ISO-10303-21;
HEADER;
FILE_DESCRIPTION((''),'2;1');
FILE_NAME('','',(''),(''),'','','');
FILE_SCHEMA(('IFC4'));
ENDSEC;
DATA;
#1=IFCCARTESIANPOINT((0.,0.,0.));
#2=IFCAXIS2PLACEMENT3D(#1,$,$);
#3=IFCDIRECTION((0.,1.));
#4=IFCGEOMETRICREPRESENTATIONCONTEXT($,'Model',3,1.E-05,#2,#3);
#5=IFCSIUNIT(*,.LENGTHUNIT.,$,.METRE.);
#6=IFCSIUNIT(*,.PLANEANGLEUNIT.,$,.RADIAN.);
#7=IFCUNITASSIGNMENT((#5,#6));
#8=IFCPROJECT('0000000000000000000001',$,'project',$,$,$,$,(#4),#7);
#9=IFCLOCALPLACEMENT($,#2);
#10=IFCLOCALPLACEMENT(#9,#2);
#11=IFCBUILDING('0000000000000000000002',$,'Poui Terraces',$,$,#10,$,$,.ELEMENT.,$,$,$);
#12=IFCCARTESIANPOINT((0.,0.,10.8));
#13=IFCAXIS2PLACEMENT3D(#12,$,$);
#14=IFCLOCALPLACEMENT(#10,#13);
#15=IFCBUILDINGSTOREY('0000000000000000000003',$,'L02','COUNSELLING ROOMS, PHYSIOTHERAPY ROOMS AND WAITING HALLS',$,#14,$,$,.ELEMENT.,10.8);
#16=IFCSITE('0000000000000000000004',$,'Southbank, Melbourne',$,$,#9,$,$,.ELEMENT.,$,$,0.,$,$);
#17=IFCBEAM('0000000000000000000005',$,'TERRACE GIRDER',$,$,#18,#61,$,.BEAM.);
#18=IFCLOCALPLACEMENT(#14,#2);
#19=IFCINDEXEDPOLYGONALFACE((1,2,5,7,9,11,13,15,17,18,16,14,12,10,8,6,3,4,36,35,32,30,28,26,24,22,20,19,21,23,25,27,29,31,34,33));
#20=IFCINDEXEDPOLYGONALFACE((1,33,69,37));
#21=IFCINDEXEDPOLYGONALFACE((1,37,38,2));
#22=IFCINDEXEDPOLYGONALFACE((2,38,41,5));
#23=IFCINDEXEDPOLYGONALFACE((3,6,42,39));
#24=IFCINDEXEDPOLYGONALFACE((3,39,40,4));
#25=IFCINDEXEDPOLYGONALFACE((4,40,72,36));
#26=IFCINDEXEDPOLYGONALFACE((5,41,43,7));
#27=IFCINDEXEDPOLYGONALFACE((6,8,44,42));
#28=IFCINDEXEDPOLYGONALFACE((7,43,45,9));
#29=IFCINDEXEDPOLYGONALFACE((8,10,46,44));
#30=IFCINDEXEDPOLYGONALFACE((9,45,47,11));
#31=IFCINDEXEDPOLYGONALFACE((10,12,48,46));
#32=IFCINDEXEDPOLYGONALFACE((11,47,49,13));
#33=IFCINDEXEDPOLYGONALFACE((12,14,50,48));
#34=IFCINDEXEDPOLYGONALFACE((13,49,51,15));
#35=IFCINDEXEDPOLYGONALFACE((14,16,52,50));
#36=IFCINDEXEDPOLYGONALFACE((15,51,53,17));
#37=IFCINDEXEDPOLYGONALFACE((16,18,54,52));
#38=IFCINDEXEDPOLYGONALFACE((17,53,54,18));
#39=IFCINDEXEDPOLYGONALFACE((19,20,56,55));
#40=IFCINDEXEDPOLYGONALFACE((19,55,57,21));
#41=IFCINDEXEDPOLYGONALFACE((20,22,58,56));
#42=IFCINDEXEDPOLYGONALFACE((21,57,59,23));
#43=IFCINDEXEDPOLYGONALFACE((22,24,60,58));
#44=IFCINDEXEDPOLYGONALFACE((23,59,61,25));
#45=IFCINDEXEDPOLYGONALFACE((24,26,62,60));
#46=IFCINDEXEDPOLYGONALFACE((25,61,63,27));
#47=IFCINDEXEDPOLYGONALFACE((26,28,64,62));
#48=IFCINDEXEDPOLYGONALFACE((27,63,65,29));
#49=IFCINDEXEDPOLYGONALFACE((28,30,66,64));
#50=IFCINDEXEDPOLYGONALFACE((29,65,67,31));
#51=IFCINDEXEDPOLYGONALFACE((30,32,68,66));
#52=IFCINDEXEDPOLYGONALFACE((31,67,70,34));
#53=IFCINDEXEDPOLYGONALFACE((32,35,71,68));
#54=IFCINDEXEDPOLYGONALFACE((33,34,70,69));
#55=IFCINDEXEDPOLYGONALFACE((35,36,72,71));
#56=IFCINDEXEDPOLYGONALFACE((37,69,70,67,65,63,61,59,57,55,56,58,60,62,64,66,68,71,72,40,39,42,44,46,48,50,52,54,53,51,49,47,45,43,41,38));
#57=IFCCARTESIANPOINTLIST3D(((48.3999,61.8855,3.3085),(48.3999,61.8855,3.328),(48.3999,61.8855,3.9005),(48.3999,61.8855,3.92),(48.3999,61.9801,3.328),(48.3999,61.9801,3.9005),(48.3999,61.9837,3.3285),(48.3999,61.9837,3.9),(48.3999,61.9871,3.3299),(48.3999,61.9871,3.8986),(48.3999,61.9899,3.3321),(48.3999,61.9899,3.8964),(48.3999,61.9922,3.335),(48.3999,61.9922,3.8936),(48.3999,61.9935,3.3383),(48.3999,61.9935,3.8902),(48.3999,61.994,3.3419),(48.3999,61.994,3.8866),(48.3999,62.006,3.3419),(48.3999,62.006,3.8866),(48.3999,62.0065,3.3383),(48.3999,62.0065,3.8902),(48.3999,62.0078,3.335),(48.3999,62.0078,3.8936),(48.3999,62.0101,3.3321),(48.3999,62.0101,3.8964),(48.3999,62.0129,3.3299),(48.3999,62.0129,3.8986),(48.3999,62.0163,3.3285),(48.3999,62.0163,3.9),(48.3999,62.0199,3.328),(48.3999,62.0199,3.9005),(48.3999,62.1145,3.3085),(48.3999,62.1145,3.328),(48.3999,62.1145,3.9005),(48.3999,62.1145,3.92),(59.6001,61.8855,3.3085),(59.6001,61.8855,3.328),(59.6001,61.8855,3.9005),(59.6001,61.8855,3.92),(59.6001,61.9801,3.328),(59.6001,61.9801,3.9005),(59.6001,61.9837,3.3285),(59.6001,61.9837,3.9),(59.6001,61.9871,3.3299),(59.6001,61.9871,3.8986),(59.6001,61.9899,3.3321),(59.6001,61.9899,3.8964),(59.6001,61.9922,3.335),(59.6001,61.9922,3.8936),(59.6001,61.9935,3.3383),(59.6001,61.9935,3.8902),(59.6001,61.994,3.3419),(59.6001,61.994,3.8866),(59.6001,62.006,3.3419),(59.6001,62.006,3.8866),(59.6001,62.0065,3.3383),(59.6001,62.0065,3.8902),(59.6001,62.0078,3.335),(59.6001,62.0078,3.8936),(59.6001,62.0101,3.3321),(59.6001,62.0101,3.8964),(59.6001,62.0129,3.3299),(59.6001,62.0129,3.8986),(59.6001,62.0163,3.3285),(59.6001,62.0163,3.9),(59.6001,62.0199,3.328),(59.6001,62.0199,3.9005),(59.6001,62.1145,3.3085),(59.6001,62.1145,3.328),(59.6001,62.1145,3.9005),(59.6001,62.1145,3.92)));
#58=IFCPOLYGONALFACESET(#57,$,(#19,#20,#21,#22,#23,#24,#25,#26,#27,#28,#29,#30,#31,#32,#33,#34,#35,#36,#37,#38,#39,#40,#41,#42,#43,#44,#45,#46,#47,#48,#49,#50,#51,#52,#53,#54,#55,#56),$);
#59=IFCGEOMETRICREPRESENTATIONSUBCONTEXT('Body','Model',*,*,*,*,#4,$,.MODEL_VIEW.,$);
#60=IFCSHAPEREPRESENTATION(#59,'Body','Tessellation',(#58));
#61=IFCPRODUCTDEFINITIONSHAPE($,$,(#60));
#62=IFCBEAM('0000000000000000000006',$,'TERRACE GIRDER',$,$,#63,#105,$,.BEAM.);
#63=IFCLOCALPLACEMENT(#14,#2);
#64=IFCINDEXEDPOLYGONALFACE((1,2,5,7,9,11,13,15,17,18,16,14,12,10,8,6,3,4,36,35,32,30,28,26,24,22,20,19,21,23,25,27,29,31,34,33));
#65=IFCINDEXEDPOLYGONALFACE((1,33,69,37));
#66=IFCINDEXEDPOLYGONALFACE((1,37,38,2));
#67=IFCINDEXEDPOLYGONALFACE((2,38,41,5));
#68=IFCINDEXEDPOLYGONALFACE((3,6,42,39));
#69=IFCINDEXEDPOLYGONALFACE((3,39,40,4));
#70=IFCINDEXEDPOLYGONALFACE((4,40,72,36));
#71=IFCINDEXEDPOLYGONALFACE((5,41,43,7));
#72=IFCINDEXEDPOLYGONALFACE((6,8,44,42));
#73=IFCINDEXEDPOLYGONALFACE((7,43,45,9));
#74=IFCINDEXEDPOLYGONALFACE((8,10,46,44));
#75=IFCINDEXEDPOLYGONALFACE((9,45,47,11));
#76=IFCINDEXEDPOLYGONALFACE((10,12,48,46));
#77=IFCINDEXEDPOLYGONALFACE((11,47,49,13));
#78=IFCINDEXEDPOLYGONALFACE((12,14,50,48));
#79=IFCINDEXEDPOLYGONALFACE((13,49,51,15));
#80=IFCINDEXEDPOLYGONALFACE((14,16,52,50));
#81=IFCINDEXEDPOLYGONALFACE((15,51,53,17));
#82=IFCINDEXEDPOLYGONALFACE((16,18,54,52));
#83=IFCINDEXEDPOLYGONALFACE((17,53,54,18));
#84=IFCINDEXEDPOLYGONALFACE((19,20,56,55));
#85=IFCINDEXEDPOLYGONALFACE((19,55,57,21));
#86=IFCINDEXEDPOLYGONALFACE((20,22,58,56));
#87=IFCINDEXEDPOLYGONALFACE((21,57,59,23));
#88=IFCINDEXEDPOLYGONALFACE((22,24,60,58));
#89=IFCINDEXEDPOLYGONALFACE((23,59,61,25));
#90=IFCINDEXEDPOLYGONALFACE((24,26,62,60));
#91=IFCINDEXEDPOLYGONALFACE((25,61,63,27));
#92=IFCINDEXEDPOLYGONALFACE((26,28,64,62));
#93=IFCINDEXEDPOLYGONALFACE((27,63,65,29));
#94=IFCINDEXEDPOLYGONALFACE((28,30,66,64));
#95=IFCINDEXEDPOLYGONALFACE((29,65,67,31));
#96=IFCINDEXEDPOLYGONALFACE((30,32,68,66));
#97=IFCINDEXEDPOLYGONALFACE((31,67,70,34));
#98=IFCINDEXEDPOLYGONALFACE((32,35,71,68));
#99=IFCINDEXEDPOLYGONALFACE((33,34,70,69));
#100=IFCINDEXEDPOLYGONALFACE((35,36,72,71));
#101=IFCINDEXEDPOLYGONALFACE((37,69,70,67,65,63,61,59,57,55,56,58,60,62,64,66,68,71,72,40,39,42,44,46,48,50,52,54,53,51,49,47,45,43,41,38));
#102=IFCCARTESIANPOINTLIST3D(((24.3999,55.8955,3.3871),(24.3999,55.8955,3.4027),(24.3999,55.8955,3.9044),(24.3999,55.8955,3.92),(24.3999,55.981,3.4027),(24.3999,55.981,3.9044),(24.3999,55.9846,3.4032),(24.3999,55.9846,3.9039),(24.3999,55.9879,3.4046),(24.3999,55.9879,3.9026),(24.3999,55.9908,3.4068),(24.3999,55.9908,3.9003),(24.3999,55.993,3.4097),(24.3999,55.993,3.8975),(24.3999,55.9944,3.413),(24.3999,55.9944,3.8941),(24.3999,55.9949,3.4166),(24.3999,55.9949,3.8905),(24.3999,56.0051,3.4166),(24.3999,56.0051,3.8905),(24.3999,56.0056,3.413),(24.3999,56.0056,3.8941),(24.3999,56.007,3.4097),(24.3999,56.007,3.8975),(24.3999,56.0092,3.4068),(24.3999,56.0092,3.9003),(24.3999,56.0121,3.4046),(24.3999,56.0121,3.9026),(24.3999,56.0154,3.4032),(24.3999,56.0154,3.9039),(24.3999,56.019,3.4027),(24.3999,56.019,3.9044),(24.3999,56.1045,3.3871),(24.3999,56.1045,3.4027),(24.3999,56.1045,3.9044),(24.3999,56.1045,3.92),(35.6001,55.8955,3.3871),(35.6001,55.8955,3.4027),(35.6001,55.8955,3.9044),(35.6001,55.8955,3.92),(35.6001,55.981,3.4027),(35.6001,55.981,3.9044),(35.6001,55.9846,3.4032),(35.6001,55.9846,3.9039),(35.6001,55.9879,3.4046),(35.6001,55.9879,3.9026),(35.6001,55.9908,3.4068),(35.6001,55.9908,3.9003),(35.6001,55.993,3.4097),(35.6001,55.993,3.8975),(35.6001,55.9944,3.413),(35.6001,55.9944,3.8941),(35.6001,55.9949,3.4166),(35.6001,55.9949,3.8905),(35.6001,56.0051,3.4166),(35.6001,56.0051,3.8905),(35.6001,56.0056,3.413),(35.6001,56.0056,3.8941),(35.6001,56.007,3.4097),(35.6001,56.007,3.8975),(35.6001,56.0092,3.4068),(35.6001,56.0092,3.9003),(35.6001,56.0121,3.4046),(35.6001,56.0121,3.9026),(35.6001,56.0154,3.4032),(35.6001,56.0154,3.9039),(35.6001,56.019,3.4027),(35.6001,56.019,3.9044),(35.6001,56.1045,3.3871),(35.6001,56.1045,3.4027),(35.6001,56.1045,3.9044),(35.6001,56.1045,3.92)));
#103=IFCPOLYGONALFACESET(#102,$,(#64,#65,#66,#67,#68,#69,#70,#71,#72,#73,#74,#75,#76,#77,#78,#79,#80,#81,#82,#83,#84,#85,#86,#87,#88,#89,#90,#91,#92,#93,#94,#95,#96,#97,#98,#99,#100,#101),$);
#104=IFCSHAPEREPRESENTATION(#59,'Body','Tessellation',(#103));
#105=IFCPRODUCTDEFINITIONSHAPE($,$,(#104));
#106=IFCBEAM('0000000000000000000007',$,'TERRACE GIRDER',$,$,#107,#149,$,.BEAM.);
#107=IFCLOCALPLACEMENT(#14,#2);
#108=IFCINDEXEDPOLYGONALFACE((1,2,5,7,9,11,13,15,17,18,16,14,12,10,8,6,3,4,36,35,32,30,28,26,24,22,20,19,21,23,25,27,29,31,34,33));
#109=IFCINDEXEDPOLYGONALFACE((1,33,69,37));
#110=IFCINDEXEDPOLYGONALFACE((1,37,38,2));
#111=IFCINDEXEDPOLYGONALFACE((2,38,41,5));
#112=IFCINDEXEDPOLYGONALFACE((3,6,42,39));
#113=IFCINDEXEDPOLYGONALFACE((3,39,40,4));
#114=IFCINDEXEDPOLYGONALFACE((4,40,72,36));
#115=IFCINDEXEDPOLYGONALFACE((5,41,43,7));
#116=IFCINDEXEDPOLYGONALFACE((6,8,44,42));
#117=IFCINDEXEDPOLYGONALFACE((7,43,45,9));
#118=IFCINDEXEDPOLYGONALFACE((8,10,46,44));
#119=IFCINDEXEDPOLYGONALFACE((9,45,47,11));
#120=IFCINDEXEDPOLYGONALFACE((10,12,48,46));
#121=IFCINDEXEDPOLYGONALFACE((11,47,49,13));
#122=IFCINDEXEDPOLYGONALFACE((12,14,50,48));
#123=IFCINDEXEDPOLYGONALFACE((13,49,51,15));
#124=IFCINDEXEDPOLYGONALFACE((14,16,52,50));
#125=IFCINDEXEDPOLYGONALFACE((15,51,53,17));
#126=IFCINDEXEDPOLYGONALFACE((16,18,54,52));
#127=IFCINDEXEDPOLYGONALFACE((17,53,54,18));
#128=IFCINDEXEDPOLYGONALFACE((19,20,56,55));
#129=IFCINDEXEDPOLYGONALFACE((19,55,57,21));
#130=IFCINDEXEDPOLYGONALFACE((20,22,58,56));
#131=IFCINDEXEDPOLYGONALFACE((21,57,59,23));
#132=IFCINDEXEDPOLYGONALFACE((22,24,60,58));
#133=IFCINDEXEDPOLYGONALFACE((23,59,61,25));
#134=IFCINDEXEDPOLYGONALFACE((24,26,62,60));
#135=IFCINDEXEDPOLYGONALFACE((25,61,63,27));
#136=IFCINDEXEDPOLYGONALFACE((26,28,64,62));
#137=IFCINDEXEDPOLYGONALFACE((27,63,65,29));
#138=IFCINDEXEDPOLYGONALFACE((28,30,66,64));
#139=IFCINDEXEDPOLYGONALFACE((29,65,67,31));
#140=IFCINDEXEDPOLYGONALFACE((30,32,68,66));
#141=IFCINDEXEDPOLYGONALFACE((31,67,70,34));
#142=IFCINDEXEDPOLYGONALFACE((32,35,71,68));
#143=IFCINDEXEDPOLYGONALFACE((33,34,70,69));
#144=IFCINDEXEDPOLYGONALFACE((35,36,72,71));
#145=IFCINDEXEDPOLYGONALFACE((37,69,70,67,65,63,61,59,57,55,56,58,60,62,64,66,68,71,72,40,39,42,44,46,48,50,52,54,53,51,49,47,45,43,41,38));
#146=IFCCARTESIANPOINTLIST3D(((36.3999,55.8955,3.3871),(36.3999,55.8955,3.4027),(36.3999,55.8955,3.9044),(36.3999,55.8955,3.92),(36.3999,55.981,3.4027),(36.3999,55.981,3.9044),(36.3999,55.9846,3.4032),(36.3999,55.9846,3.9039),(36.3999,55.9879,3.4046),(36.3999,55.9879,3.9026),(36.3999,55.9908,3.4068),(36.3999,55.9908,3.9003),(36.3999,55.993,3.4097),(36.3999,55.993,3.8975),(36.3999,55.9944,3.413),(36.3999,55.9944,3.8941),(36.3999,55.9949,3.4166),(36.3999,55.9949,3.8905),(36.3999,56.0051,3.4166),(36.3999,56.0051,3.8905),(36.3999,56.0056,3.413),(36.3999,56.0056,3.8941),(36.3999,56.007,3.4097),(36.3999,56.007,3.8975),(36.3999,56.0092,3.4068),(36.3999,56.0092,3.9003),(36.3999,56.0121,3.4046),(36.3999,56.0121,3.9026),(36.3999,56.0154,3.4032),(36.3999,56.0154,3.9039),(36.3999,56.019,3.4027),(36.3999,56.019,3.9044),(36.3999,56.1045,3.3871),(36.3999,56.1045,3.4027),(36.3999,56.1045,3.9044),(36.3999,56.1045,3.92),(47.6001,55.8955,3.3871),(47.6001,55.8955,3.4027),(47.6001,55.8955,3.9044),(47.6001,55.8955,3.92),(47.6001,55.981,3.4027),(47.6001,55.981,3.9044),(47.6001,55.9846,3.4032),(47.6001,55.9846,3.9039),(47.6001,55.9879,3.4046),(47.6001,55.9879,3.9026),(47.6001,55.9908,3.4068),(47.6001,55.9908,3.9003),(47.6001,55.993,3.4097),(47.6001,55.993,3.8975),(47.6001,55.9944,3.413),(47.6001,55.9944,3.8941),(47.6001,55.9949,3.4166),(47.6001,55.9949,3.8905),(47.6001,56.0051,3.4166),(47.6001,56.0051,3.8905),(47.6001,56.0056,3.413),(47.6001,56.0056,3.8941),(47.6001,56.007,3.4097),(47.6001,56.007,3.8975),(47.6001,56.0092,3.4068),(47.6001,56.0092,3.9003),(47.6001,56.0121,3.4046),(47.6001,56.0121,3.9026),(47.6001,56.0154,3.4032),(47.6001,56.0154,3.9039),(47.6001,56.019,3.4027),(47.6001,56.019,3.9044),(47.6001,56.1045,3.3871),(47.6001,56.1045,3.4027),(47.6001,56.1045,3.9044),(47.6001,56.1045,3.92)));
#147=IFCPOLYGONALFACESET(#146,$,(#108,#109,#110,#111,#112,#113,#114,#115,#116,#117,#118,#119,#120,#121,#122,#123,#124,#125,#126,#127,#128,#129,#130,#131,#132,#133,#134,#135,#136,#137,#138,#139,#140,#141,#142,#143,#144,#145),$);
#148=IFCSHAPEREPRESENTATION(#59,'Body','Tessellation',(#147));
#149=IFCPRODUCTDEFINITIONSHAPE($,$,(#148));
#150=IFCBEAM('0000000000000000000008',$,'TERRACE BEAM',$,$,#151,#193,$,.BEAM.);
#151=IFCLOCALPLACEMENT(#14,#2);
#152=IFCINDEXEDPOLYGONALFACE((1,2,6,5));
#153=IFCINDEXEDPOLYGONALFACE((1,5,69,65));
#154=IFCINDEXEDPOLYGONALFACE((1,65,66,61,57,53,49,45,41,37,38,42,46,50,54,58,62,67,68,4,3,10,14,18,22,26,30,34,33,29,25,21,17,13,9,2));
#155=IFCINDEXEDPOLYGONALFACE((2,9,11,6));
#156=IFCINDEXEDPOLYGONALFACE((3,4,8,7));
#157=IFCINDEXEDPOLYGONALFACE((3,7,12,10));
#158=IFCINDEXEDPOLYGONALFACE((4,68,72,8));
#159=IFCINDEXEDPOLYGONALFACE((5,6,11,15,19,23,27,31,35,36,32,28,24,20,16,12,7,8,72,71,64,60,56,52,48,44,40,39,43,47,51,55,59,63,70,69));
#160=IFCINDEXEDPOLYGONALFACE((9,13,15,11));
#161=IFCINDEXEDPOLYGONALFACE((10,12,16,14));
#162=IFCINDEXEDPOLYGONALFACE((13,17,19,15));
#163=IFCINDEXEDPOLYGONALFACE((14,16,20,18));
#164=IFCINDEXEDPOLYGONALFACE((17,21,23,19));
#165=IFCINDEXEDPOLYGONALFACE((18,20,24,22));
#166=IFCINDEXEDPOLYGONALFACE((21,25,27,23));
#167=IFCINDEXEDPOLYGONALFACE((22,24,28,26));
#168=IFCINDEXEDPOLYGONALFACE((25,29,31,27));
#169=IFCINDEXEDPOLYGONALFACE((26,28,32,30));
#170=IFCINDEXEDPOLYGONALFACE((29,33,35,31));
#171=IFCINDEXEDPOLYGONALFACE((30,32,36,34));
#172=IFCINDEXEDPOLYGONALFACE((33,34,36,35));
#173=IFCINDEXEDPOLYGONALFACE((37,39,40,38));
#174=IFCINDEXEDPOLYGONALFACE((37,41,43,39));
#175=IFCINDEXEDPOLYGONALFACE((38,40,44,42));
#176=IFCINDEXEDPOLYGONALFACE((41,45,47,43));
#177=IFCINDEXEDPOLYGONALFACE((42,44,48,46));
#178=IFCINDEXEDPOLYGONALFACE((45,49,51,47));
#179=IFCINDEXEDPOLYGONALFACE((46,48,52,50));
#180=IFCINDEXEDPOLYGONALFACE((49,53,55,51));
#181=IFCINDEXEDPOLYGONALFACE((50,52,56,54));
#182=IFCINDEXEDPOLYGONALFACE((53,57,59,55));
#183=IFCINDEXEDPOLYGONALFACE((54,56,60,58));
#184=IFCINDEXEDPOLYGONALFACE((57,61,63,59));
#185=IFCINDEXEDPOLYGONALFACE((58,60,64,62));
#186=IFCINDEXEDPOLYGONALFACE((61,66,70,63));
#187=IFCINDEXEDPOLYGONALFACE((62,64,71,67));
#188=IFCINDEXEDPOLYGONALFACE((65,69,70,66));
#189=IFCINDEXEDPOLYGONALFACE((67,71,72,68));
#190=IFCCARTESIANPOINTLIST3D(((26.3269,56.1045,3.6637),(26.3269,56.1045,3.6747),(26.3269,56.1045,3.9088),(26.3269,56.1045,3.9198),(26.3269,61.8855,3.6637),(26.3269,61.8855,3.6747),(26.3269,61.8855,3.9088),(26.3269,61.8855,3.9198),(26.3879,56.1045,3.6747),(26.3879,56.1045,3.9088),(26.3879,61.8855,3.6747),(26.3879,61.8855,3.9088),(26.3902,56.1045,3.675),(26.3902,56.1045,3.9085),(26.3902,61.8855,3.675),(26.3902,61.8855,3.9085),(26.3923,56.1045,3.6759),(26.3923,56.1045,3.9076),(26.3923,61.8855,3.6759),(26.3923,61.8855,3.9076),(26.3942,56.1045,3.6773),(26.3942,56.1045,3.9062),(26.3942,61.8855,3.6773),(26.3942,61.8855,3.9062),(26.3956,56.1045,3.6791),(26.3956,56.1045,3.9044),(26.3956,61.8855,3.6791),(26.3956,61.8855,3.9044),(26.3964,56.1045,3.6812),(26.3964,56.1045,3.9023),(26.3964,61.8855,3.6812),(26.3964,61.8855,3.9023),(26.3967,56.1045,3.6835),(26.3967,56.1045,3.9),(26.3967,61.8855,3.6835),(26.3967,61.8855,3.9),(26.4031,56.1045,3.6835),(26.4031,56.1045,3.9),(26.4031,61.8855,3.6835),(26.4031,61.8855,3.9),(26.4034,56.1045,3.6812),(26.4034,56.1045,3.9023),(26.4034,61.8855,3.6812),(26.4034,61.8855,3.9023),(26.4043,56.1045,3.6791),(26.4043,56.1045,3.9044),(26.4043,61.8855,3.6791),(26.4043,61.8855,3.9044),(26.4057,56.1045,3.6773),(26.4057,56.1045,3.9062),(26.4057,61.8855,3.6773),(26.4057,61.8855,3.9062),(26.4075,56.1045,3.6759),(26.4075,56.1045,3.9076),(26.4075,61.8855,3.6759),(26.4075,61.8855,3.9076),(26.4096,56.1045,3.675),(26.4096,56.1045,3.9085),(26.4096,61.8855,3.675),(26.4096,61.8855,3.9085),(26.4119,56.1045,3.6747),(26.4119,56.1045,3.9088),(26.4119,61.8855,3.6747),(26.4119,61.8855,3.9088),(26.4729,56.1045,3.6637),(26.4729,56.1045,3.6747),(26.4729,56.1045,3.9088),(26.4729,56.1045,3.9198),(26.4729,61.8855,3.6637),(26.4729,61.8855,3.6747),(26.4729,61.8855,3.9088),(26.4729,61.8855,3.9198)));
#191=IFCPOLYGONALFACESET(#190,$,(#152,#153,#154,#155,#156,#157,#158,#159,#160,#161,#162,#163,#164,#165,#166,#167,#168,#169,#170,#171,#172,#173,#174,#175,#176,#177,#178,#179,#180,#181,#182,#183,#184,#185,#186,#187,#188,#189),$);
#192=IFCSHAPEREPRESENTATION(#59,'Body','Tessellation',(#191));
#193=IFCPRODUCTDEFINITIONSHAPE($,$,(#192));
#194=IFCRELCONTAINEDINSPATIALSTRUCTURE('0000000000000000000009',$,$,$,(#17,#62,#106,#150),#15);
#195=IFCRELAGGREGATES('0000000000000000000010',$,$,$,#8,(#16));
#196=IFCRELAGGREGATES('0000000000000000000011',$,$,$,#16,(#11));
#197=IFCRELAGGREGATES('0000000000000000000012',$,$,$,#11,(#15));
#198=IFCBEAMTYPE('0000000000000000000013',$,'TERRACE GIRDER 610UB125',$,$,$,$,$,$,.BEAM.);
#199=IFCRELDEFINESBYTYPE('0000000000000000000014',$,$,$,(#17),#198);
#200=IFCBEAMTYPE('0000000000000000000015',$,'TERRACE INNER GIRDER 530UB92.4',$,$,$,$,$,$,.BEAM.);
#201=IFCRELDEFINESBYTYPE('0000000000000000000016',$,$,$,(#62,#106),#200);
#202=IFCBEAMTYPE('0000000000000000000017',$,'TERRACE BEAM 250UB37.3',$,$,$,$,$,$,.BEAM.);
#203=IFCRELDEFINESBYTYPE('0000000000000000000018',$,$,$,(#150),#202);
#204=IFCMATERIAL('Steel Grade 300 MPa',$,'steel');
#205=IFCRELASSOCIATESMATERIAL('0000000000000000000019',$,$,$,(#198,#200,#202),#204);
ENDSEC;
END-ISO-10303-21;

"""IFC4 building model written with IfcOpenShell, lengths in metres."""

from ifc_helpers import new_model, si_unit, direction, frame, origin, origin_2d, place, context, subcontext, project, spatial, i_section, extrude, source, transform, mapped, material, material_profile, profile_set, type_object, element, save


model = new_model("IFC4")

# Units and contexts
model_context = context("Model", 3, precision=1e-05, world=origin(), true_north=direction((0.0, 1.0)))
body_context = subcontext(model_context, "Body", "Model", "MODEL_VIEW")
ifc_project = project(units=[si_unit("LENGTHUNIT", "METRE"), si_unit("PLANEANGLEUNIT", "RADIAN")], contexts=[model_context])

# Site, building, storey
site_placement = place(None, origin())
site = spatial("IfcSite", under=ifc_project, at=site_placement, Name="Southbank, Melbourne", CompositionType="ELEMENT", RefElevation=0.0)
building_placement = place(site_placement, origin())
building = spatial("IfcBuilding", under=site, at=building_placement, Name="Poui Terraces", CompositionType="ELEMENT")
storey_placement = place(building_placement, frame((0.0, 0.0, 10.8)))
storey = spatial("IfcBuildingStorey", under=building, at=storey_placement, Name="L02", Description="COUNSELLING ROOMS, PHYSIOTHERAPY ROOMS AND WAITING HALLS", CompositionType="ELEMENT", Elevation=10.8)

# Beams
ifc_material_1 = material(Name="Steel Grade 300 MPa", Category="steel")
ifc_material_profile_1 = material_profile(ifc_material_1, i_section(OverallWidth=0.229, OverallDepth=0.6116, WebThickness=0.012, FlangeThickness=0.0195, FilletRadius=0.0139, at=origin_2d()), Name="610UB125")
ifc_profile_set_1 = profile_set([ifc_material_profile_1], Name="Steel Grade 300 MPa")
beam_type_1 = type_object("IfcBeamType", Name="TERRACE GIRDER 610UB125", PredefinedType="BEAM", material=ifc_profile_set_1)
shared_shape_1 = source(origin(), body_context, "Body", "SweptSolid", [
    extrude(i_section(OverallWidth=0.229, OverallDepth=0.6116, WebThickness=0.012, FlangeThickness=0.0195, FilletRadius=0.0139, at=origin_2d()), origin(), (0.0, 0.0, 1.0), 11.2002),
])
for number, where, z_axis, x_axis, name in (
    (1, (48.3999, 62.0, 3.6143), (1.0, 0.0, 0.0), (0.0, 1.0, 0.0), "TERRACE GIRDER"),
):
    element("IfcBeam", number, at=place(storey_placement, frame(where, z_axis=z_axis, x_axis=x_axis)), inside=storey, type_object=beam_type_1, Name=name, PredefinedType="BEAM", context=body_context, shape_type="MappedRepresentation", body=[
        mapped(shared_shape_1, transform((0.0, 0.0, 0.0))),
    ])
ifc_material_profile_2 = material_profile(ifc_material_1, i_section(OverallWidth=0.209, OverallDepth=0.533, WebThickness=0.0103, FlangeThickness=0.0156, FilletRadius=0.0139, at=origin_2d()), Name="530UB92.4")
ifc_profile_set_2 = profile_set([ifc_material_profile_2], Name="Steel Grade 300 MPa")
beam_type_2 = type_object("IfcBeamType", Name="TERRACE INNER GIRDER 530UB92.4", PredefinedType="BEAM", material=ifc_profile_set_2)
shared_shape_2 = source(origin(), body_context, "Body", "SweptSolid", [
    extrude(i_section(OverallWidth=0.209, OverallDepth=0.533, WebThickness=0.0103, FlangeThickness=0.0156, FilletRadius=0.0139, at=origin_2d()), origin(), (0.0, 0.0, 1.0), 11.2002),
])
for number, where, z_axis, x_axis, name in (
    (2, (24.3999, 56.0, 3.6536), (1.0, 0.0, 0.0), (0.0, 1.0, 0.0), "TERRACE GIRDER"),
    (3, (36.3999, 56.0, 3.6536), (1.0, 0.0, 0.0), (0.0, 1.0, 0.0), "TERRACE GIRDER"),
):
    element("IfcBeam", number, at=place(storey_placement, frame(where, z_axis=z_axis, x_axis=x_axis)), inside=storey, type_object=beam_type_2, Name=name, PredefinedType="BEAM", context=body_context, shape_type="MappedRepresentation", body=[
        mapped(shared_shape_2, transform((0.0, 0.0, 0.0))),
    ])
ifc_material_profile_3 = material_profile(ifc_material_1, i_section(OverallWidth=0.146, OverallDepth=0.2561, WebThickness=0.0063, FlangeThickness=0.011, FilletRadius=0.0088, at=origin_2d()), Name="250UB37.3")
ifc_profile_set_3 = profile_set([ifc_material_profile_3], Name="Steel Grade 300 MPa")
beam_type_3 = type_object("IfcBeamType", Name="TERRACE BEAM 250UB37.3", PredefinedType="BEAM", material=ifc_profile_set_3)
shared_shape_3 = source(origin(), body_context, "Body", "SweptSolid", [
    extrude(i_section(OverallWidth=0.146, OverallDepth=0.2561, WebThickness=0.0063, FlangeThickness=0.011, FilletRadius=0.0088, at=origin_2d()), origin(), (0.0, 0.0, 1.0), 5.781),
])
for number, where, z_axis, x_axis, name in (
    (4, (26.3999, 56.1045, 3.7917), (0.0, 1.0, 0.0), (-1.0, 0.0, 0.0), "TERRACE BEAM"),
):
    element("IfcBeam", number, at=place(storey_placement, frame(where, z_axis=z_axis, x_axis=x_axis)), inside=storey, type_object=beam_type_3, Name=name, PredefinedType="BEAM", context=body_context, shape_type="MappedRepresentation", body=[
        mapped(shared_shape_3, transform((0.0, 0.0, 0.0))),
    ])

save(model, "model.ifc")
